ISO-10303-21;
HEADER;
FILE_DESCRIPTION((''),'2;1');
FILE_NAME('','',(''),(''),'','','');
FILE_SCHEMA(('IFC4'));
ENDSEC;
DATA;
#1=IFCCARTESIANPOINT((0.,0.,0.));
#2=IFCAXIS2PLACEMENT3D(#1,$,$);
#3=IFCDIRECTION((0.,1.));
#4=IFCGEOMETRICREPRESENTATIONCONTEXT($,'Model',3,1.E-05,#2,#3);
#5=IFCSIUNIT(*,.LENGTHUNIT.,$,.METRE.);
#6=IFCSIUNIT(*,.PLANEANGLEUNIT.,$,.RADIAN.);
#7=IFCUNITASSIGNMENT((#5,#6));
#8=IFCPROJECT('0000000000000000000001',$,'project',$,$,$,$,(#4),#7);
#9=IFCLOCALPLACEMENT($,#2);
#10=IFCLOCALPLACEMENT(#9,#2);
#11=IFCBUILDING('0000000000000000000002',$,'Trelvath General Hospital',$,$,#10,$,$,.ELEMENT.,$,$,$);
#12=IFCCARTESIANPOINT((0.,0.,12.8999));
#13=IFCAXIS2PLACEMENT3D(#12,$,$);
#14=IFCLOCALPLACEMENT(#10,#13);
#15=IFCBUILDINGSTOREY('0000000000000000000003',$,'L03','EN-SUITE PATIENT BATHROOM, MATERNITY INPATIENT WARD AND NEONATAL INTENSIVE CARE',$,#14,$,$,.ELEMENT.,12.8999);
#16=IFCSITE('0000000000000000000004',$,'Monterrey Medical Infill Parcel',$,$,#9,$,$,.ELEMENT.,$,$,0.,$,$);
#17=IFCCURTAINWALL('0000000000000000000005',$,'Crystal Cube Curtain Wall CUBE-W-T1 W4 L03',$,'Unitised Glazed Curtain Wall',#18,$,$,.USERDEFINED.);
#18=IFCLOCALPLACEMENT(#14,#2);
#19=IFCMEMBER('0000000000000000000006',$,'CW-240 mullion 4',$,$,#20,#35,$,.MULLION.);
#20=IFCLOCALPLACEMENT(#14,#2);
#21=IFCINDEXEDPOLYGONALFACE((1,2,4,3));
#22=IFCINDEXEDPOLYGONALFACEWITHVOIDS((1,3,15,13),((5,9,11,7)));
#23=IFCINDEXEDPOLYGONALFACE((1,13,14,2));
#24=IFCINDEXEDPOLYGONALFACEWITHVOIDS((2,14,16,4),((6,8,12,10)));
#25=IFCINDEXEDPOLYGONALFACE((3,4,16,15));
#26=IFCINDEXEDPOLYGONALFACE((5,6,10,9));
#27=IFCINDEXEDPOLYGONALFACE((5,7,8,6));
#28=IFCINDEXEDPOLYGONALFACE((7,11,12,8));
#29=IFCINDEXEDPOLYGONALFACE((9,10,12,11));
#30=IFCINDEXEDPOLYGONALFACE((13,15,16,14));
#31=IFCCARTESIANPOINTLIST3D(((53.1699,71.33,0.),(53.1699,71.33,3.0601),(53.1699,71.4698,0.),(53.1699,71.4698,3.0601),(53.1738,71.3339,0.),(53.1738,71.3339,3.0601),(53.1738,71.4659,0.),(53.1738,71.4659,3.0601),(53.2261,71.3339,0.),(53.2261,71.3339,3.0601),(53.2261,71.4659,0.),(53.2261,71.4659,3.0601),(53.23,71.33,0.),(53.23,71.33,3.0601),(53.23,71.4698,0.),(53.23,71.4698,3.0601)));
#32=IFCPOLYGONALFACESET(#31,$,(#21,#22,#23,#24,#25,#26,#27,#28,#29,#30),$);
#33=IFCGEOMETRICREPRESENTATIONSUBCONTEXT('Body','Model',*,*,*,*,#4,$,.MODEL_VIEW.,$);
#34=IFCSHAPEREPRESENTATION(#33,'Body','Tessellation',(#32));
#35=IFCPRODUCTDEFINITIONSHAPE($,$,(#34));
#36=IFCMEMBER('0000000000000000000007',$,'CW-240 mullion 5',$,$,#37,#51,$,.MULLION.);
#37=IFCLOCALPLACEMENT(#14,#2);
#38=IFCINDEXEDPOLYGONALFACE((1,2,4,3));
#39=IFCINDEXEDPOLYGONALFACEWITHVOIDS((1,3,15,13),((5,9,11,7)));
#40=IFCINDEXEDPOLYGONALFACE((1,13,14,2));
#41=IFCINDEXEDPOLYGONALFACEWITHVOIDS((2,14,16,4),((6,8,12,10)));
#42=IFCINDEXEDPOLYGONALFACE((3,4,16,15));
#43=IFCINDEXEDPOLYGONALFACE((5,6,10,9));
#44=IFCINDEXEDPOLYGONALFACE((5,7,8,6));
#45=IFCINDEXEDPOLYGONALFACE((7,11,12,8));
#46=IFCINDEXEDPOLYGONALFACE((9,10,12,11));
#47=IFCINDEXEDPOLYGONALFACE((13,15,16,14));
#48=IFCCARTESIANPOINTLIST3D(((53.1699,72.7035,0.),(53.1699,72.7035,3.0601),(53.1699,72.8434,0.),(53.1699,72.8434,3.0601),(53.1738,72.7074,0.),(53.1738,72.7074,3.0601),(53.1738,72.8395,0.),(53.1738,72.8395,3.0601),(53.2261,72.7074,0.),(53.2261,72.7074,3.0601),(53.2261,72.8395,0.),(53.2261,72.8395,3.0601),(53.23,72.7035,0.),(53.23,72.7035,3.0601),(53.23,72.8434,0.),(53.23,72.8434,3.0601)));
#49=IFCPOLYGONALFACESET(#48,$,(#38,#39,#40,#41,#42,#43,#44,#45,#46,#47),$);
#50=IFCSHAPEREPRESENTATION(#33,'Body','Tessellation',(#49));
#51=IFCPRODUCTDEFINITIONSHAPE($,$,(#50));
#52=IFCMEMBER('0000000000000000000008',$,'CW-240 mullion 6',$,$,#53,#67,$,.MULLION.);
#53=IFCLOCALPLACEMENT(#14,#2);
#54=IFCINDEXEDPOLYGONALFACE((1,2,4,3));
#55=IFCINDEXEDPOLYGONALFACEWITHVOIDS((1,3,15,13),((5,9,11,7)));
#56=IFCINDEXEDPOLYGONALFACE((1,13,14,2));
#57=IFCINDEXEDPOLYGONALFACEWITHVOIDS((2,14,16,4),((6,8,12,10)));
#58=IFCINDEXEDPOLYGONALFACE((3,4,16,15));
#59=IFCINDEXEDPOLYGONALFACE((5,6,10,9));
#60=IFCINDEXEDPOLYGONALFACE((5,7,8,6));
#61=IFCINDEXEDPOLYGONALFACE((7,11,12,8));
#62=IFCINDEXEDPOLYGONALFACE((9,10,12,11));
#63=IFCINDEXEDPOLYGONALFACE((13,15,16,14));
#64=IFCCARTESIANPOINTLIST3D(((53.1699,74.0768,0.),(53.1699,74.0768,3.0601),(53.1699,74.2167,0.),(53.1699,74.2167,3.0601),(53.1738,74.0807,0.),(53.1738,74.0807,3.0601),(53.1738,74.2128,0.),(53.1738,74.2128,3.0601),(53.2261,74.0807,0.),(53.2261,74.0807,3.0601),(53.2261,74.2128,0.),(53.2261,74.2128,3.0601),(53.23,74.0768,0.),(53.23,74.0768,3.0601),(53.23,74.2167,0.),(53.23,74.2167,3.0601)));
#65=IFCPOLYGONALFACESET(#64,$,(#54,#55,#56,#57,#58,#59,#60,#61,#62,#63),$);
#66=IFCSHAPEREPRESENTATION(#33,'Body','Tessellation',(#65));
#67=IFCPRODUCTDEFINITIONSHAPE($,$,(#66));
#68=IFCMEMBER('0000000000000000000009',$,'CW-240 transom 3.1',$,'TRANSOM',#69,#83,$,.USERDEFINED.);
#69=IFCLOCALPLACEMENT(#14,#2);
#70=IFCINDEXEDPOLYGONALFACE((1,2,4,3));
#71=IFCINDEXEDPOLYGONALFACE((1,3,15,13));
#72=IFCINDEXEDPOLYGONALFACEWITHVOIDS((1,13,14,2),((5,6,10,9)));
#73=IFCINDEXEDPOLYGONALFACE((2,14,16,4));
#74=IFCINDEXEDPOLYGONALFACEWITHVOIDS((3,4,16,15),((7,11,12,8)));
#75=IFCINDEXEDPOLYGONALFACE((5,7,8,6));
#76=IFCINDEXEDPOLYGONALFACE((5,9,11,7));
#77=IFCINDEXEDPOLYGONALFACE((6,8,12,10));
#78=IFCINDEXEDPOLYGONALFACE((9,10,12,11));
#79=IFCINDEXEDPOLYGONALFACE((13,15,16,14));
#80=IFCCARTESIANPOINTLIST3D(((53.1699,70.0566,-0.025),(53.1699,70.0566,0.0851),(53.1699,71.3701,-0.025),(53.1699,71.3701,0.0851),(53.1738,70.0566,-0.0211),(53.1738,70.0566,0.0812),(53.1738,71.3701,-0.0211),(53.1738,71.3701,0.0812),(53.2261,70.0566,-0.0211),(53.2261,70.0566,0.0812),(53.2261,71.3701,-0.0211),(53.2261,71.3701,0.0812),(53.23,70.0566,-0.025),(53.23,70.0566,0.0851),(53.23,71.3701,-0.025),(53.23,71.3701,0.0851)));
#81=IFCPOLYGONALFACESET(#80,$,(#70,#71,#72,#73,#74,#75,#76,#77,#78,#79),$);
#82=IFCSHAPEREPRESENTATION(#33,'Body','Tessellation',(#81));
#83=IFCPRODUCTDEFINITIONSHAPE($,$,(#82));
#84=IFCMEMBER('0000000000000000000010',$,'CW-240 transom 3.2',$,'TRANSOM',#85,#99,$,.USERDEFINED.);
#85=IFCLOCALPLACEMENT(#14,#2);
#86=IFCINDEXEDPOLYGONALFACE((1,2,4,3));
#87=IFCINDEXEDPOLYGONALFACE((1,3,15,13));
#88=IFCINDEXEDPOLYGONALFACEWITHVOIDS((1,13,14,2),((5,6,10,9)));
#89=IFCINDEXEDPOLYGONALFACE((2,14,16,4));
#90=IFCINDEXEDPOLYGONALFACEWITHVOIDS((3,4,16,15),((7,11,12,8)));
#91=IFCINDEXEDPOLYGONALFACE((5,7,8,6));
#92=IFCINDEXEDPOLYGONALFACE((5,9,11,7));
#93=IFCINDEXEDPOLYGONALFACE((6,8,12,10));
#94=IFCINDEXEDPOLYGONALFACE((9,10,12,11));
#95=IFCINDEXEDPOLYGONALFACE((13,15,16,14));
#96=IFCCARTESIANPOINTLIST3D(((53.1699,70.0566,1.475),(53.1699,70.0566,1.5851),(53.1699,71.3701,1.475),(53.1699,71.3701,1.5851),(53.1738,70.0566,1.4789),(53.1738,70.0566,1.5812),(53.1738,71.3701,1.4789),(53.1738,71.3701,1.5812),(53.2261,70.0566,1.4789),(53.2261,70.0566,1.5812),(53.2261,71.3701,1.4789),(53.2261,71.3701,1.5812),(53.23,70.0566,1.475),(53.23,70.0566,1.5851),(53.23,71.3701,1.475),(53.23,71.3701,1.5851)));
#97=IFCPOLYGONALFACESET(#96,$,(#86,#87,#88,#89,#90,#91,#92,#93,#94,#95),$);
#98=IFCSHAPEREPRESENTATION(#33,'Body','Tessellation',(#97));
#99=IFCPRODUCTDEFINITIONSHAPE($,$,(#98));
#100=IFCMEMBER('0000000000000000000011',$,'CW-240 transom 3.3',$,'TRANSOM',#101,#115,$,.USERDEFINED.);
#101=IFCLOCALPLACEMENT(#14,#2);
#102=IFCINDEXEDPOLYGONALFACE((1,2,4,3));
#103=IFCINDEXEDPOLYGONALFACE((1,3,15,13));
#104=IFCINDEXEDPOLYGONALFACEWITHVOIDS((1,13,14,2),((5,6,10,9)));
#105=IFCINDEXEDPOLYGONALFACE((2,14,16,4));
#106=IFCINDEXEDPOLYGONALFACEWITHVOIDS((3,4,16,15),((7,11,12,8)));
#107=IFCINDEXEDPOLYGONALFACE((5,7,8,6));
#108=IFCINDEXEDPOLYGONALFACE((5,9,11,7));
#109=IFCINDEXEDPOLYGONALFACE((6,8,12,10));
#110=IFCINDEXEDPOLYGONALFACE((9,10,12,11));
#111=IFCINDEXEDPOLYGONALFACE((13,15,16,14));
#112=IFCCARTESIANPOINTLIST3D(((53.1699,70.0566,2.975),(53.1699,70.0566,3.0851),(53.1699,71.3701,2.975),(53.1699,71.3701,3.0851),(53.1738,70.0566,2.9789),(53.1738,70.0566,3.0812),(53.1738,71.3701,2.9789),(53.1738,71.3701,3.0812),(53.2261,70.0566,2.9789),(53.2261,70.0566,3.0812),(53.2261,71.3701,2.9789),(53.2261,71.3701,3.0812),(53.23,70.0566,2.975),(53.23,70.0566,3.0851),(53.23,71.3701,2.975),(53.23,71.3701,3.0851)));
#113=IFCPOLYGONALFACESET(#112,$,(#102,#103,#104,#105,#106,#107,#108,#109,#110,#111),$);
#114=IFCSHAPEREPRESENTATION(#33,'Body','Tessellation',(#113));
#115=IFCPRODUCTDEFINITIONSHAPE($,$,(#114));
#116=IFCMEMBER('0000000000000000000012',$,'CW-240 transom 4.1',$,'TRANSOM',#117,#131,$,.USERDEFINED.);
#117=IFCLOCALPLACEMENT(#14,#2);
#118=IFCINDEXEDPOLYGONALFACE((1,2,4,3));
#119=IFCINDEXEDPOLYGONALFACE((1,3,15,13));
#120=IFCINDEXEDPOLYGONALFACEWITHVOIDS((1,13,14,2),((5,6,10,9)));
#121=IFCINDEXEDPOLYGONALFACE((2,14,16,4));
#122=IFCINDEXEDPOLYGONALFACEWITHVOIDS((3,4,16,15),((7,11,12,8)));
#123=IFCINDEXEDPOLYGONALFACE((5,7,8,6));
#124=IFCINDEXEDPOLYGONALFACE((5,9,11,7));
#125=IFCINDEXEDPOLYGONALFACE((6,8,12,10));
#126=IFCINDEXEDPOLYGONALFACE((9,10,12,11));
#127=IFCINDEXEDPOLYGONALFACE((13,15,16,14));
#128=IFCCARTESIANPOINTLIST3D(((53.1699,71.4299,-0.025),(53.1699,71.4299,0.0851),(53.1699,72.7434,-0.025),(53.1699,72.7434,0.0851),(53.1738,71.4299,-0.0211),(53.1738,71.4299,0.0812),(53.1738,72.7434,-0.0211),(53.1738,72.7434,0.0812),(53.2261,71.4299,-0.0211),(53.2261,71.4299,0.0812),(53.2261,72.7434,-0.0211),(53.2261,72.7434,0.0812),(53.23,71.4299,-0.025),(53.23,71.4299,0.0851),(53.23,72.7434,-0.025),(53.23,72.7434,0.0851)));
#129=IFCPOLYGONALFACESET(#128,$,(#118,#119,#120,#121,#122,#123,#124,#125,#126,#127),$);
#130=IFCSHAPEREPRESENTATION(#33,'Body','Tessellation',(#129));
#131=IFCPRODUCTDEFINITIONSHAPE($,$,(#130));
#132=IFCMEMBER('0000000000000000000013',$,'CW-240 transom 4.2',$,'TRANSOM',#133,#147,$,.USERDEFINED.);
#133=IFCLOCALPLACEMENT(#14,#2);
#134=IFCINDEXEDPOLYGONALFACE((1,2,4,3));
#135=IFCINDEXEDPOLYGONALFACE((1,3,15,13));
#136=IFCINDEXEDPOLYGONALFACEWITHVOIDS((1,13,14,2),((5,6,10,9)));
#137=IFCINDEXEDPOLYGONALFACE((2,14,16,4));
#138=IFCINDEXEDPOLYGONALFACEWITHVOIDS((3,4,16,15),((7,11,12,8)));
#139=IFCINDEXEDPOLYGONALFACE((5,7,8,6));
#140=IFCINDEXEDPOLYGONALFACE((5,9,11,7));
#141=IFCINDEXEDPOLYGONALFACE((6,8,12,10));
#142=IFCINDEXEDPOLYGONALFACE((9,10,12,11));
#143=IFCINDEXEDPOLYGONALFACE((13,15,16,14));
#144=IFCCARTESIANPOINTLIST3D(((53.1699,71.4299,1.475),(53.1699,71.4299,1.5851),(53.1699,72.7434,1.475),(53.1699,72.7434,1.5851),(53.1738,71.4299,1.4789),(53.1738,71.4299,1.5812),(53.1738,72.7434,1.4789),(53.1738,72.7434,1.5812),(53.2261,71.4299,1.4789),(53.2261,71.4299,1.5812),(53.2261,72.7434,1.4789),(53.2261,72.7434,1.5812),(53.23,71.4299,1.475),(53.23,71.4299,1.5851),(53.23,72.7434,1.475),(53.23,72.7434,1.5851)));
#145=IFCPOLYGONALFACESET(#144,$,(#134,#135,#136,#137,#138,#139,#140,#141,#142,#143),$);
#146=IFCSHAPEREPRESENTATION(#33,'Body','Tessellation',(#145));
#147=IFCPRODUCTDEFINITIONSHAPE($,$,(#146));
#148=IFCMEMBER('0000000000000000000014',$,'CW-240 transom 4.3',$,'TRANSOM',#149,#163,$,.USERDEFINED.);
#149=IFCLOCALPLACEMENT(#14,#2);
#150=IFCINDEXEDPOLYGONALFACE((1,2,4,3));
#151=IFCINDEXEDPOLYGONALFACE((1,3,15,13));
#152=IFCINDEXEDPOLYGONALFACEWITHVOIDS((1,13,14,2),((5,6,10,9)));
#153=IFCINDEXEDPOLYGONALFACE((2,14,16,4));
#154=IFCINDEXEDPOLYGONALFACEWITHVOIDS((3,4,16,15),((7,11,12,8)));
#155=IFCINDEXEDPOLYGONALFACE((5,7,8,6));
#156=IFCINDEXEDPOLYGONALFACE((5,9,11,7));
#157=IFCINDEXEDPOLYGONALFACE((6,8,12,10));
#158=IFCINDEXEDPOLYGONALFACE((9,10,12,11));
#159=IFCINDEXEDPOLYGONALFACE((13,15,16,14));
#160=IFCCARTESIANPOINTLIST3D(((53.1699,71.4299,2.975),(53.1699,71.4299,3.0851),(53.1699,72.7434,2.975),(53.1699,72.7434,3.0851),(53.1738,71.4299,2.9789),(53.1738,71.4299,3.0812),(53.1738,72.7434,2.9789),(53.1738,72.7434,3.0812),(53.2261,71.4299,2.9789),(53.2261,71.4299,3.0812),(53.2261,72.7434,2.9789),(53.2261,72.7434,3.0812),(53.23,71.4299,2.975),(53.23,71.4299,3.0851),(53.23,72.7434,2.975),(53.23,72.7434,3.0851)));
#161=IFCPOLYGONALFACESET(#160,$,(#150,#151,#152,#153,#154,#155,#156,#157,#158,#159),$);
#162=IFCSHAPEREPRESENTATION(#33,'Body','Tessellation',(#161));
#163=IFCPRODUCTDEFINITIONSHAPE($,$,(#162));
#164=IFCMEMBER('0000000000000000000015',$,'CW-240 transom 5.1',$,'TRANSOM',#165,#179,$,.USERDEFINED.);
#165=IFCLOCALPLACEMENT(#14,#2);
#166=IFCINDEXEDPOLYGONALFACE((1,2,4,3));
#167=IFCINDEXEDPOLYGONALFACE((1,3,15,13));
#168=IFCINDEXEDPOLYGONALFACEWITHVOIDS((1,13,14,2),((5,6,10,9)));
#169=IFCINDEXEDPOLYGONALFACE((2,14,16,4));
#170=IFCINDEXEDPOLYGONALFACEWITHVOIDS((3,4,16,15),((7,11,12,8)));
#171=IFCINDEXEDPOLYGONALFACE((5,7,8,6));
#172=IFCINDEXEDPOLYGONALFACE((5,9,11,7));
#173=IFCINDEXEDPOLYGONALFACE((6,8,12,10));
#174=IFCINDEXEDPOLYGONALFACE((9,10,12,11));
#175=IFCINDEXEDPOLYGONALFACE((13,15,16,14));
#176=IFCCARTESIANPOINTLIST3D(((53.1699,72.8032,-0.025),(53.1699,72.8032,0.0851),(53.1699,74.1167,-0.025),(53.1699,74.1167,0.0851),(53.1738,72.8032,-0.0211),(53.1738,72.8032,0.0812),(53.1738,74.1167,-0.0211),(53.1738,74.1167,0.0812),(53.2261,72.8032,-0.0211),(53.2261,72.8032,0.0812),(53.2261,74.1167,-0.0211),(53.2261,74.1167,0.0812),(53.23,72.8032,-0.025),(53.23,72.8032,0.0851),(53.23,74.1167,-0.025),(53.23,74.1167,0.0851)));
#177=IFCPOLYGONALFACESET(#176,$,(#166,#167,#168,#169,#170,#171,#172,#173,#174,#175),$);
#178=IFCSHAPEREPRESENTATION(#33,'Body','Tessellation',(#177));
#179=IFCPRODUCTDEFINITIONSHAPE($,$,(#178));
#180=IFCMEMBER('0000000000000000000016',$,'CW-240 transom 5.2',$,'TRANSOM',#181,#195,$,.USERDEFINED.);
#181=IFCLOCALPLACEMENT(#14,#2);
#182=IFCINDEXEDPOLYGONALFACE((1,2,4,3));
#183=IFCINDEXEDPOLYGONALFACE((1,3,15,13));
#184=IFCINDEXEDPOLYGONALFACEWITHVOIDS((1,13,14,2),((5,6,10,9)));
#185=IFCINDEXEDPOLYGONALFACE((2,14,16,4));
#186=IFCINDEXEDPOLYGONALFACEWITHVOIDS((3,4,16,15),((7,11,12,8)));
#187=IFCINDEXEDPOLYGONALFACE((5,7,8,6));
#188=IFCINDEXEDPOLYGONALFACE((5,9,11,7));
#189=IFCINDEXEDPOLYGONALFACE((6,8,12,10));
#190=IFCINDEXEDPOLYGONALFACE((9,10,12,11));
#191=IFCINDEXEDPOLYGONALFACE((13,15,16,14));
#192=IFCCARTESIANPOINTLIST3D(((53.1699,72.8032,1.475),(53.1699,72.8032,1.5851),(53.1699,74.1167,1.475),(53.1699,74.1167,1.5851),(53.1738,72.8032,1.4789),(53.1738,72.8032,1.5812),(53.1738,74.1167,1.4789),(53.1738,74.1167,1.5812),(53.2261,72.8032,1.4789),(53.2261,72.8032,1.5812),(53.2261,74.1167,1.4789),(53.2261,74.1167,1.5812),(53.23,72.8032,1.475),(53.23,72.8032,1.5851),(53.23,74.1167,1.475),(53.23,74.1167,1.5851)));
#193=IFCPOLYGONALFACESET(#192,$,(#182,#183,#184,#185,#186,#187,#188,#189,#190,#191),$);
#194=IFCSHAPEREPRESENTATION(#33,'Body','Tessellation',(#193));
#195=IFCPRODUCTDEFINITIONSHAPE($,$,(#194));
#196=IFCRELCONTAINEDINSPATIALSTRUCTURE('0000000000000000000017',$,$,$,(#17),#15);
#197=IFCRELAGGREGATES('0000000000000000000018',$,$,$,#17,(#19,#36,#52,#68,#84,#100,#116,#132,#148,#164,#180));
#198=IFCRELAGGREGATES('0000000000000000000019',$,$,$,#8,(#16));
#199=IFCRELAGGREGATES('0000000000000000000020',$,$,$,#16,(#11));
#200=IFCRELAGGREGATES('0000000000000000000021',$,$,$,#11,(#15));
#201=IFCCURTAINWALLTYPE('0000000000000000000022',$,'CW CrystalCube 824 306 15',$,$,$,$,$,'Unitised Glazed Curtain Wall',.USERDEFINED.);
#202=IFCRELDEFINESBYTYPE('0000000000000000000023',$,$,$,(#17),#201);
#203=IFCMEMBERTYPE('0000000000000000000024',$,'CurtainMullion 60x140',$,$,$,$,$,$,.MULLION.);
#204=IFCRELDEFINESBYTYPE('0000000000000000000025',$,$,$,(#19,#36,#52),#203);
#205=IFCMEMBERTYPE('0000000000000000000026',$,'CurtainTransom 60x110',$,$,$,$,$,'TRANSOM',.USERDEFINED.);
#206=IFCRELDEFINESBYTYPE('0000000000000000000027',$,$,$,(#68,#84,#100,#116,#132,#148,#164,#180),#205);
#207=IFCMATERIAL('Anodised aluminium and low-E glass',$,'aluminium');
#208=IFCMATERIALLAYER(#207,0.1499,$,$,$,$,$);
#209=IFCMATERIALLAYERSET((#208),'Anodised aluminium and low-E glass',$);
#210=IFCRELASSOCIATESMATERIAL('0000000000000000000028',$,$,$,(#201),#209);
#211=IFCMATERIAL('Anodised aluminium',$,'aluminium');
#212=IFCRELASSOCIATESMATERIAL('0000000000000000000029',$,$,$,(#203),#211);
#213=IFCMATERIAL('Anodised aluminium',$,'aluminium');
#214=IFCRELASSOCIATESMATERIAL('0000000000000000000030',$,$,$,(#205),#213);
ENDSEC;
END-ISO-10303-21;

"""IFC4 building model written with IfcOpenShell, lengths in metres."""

from ifc_helpers import new_model, si_unit, direction, frame, origin, origin_2d, place, context, subcontext, project, spatial, hollow_rectangle, extrude, material, layer, layer_set, material_profile, profile_set, type_object, element, aggregate, save


model = new_model("IFC4")

# Units and contexts
model_context = context("Model", 3, precision=1e-05, world=origin(), true_north=direction((0.0, 1.0)))
body_context = subcontext(model_context, "Body", "Model", "MODEL_VIEW")
ifc_project = project(units=[si_unit("LENGTHUNIT", "METRE"), si_unit("PLANEANGLEUNIT", "RADIAN")], contexts=[model_context])

# Site, building, storey
site_placement = place(None, origin())
site = spatial("IfcSite", under=ifc_project, at=site_placement, Name="Monterrey Medical Infill Parcel", CompositionType="ELEMENT", RefElevation=0.0)
building_placement = place(site_placement, origin())
building = spatial("IfcBuilding", under=site, at=building_placement, Name="Trelvath General Hospital", CompositionType="ELEMENT")
storey_placement = place(building_placement, frame((0.0, 0.0, 12.8999)))
storey = spatial("IfcBuildingStorey", under=building, at=storey_placement, Name="L03", Description="EN-SUITE PATIENT BATHROOM, MATERNITY INPATIENT WARD AND NEONATAL INTENSIVE CARE", CompositionType="ELEMENT", Elevation=12.8999)

# Curtain wall, members
ifc_material_1 = material(Name="Anodised aluminium and low-E glass", Category="aluminium")
ifc_layer_1 = layer(ifc_material_1, 0.1499)
ifc_layer_set_1 = layer_set([ifc_layer_1], Name="Anodised aluminium and low-E glass")
curtain_wall_type = type_object("IfcCurtainWallType", Name="CW CrystalCube 824 306 15", ElementType="Unitised Glazed Curtain Wall", PredefinedType="USERDEFINED", material=ifc_layer_set_1)
curtain_wall_placement = place(storey_placement, origin())
curtain_wall = element("IfcCurtainWall", 1, at=curtain_wall_placement, inside=storey, type_object=curtain_wall_type, Name="Crystal Cube Curtain Wall CUBE-W-T1 W4 L03", ObjectType="Unitised Glazed Curtain Wall", PredefinedType="USERDEFINED")
ifc_material_2 = material(Name="Anodised aluminium", Category="aluminium")
ifc_material_profile_1 = material_profile(ifc_material_2, hollow_rectangle(XDim=0.0601, YDim=0.1399, WallThickness=0.0039, at=origin_2d()), Name="RHS60x140x4")
ifc_profile_set_1 = profile_set([ifc_material_profile_1], Name="Anodised aluminium")
member_type_1 = type_object("IfcMemberType", Name="CurtainMullion 60x140", PredefinedType="MULLION", material=ifc_profile_set_1)
member_1_placement = place(storey_placement, frame((53.2, 71.3999, 0.0), z_axis=(0.0, 0.0, 1.0), x_axis=(-1.0, 0.0, 0.0)))
member_1 = element("IfcMember", 2, at=member_1_placement, type_object=member_type_1, Name="CW-240 mullion 4", PredefinedType="MULLION", context=body_context, shape_type="SweptSolid", body=[
    extrude(hollow_rectangle(XDim=0.0601, YDim=0.1399, WallThickness=0.0039, at=origin_2d()), origin(), (0.0, 0.0, 1.0), 3.0601),
])
member_2_placement = place(storey_placement, frame((53.2, 72.7734, 0.0), z_axis=(0.0, 0.0, 1.0), x_axis=(-1.0, 0.0, 0.0)))
member_2 = element("IfcMember", 3, at=member_2_placement, type_object=member_type_1, Name="CW-240 mullion 5", PredefinedType="MULLION", context=body_context, shape_type="SweptSolid", body=[
    extrude(hollow_rectangle(XDim=0.0601, YDim=0.1399, WallThickness=0.0039, at=origin_2d()), origin(), (0.0, 0.0, 1.0), 3.0601),
])
member_3_placement = place(storey_placement, frame((53.2, 74.1467, 0.0), z_axis=(0.0, 0.0, 1.0), x_axis=(-1.0, 0.0, 0.0)))
member_3 = element("IfcMember", 4, at=member_3_placement, type_object=member_type_1, Name="CW-240 mullion 6", PredefinedType="MULLION", context=body_context, shape_type="SweptSolid", body=[
    extrude(hollow_rectangle(XDim=0.0601, YDim=0.1399, WallThickness=0.0039, at=origin_2d()), origin(), (0.0, 0.0, 1.0), 3.0601),
])
ifc_material_3 = material(Name="Anodised aluminium", Category="aluminium")
ifc_material_profile_2 = material_profile(ifc_material_3, hollow_rectangle(XDim=0.0601, YDim=0.1101, WallThickness=0.0039, at=origin_2d()), Name="RHS60x110x4")
ifc_profile_set_2 = profile_set([ifc_material_profile_2], Name="Anodised aluminium")
member_type_2 = type_object("IfcMemberType", Name="CurtainTransom 60x110", ElementType="TRANSOM", PredefinedType="USERDEFINED", material=ifc_profile_set_2)
member_4_placement = place(storey_placement, frame((53.2, 70.0566, 0.03), z_axis=(0.0, 1.0, 0.0), x_axis=(-1.0, 0.0, 0.0)))
member_4 = element("IfcMember", 5, at=member_4_placement, type_object=member_type_2, Name="CW-240 transom 3.1", ObjectType="TRANSOM", PredefinedType="USERDEFINED", context=body_context, shape_type="SweptSolid", body=[
    extrude(hollow_rectangle(XDim=0.0601, YDim=0.1101, WallThickness=0.0039, at=origin_2d()), origin(), (0.0, 0.0, 1.0), 1.3135),
])
member_5_placement = place(storey_placement, frame((53.2, 70.0566, 1.53), z_axis=(0.0, 1.0, 0.0), x_axis=(-1.0, 0.0, 0.0)))
member_5 = element("IfcMember", 6, at=member_5_placement, type_object=member_type_2, Name="CW-240 transom 3.2", ObjectType="TRANSOM", PredefinedType="USERDEFINED", context=body_context, shape_type="SweptSolid", body=[
    extrude(hollow_rectangle(XDim=0.0601, YDim=0.1101, WallThickness=0.0039, at=origin_2d()), origin(), (0.0, 0.0, 1.0), 1.3135),
])
member_6_placement = place(storey_placement, frame((53.2, 70.0566, 3.03), z_axis=(0.0, 1.0, 0.0), x_axis=(-1.0, 0.0, 0.0)))
member_6 = element("IfcMember", 7, at=member_6_placement, type_object=member_type_2, Name="CW-240 transom 3.3", ObjectType="TRANSOM", PredefinedType="USERDEFINED", context=body_context, shape_type="SweptSolid", body=[
    extrude(hollow_rectangle(XDim=0.0601, YDim=0.1101, WallThickness=0.0039, at=origin_2d()), origin(), (0.0, 0.0, 1.0), 1.3135),
])
member_7_placement = place(storey_placement, frame((53.2, 71.4299, 0.03), z_axis=(0.0, 1.0, 0.0), x_axis=(-1.0, 0.0, 0.0)))
member_7 = element("IfcMember", 8, at=member_7_placement, type_object=member_type_2, Name="CW-240 transom 4.1", ObjectType="TRANSOM", PredefinedType="USERDEFINED", context=body_context, shape_type="SweptSolid", body=[
    extrude(hollow_rectangle(XDim=0.0601, YDim=0.1101, WallThickness=0.0039, at=origin_2d()), origin(), (0.0, 0.0, 1.0), 1.3135),
])
member_8_placement = place(storey_placement, frame((53.2, 71.4299, 1.53), z_axis=(0.0, 1.0, 0.0), x_axis=(-1.0, 0.0, 0.0)))
member_8 = element("IfcMember", 9, at=member_8_placement, type_object=member_type_2, Name="CW-240 transom 4.2", ObjectType="TRANSOM", PredefinedType="USERDEFINED", context=body_context, shape_type="SweptSolid", body=[
    extrude(hollow_rectangle(XDim=0.0601, YDim=0.1101, WallThickness=0.0039, at=origin_2d()), origin(), (0.0, 0.0, 1.0), 1.3135),
])
member_9_placement = place(storey_placement, frame((53.2, 71.4299, 3.03), z_axis=(0.0, 1.0, 0.0), x_axis=(-1.0, 0.0, 0.0)))
member_9 = element("IfcMember", 10, at=member_9_placement, type_object=member_type_2, Name="CW-240 transom 4.3", ObjectType="TRANSOM", PredefinedType="USERDEFINED", context=body_context, shape_type="SweptSolid", body=[
    extrude(hollow_rectangle(XDim=0.0601, YDim=0.1101, WallThickness=0.0039, at=origin_2d()), origin(), (0.0, 0.0, 1.0), 1.3135),
])
member_10_placement = place(storey_placement, frame((53.2, 72.8032, 0.03), z_axis=(0.0, 1.0, 0.0), x_axis=(-1.0, 0.0, 0.0)))
member_10 = element("IfcMember", 11, at=member_10_placement, type_object=member_type_2, Name="CW-240 transom 5.1", ObjectType="TRANSOM", PredefinedType="USERDEFINED", context=body_context, shape_type="SweptSolid", body=[
    extrude(hollow_rectangle(XDim=0.0601, YDim=0.1101, WallThickness=0.0039, at=origin_2d()), origin(), (0.0, 0.0, 1.0), 1.3135),
])
member_11_placement = place(storey_placement, frame((53.2, 72.8032, 1.53), z_axis=(0.0, 1.0, 0.0), x_axis=(-1.0, 0.0, 0.0)))
member_11 = element("IfcMember", 12, at=member_11_placement, type_object=member_type_2, Name="CW-240 transom 5.2", ObjectType="TRANSOM", PredefinedType="USERDEFINED", context=body_context, shape_type="SweptSolid", body=[
    extrude(hollow_rectangle(XDim=0.0601, YDim=0.1101, WallThickness=0.0039, at=origin_2d()), origin(), (0.0, 0.0, 1.0), 1.3135),
])
aggregate(curtain_wall, [member_1, member_2, member_3, member_4, member_5, member_6, member_7, member_8, member_9, member_10, member_11])

save(model, "model.ifc")
